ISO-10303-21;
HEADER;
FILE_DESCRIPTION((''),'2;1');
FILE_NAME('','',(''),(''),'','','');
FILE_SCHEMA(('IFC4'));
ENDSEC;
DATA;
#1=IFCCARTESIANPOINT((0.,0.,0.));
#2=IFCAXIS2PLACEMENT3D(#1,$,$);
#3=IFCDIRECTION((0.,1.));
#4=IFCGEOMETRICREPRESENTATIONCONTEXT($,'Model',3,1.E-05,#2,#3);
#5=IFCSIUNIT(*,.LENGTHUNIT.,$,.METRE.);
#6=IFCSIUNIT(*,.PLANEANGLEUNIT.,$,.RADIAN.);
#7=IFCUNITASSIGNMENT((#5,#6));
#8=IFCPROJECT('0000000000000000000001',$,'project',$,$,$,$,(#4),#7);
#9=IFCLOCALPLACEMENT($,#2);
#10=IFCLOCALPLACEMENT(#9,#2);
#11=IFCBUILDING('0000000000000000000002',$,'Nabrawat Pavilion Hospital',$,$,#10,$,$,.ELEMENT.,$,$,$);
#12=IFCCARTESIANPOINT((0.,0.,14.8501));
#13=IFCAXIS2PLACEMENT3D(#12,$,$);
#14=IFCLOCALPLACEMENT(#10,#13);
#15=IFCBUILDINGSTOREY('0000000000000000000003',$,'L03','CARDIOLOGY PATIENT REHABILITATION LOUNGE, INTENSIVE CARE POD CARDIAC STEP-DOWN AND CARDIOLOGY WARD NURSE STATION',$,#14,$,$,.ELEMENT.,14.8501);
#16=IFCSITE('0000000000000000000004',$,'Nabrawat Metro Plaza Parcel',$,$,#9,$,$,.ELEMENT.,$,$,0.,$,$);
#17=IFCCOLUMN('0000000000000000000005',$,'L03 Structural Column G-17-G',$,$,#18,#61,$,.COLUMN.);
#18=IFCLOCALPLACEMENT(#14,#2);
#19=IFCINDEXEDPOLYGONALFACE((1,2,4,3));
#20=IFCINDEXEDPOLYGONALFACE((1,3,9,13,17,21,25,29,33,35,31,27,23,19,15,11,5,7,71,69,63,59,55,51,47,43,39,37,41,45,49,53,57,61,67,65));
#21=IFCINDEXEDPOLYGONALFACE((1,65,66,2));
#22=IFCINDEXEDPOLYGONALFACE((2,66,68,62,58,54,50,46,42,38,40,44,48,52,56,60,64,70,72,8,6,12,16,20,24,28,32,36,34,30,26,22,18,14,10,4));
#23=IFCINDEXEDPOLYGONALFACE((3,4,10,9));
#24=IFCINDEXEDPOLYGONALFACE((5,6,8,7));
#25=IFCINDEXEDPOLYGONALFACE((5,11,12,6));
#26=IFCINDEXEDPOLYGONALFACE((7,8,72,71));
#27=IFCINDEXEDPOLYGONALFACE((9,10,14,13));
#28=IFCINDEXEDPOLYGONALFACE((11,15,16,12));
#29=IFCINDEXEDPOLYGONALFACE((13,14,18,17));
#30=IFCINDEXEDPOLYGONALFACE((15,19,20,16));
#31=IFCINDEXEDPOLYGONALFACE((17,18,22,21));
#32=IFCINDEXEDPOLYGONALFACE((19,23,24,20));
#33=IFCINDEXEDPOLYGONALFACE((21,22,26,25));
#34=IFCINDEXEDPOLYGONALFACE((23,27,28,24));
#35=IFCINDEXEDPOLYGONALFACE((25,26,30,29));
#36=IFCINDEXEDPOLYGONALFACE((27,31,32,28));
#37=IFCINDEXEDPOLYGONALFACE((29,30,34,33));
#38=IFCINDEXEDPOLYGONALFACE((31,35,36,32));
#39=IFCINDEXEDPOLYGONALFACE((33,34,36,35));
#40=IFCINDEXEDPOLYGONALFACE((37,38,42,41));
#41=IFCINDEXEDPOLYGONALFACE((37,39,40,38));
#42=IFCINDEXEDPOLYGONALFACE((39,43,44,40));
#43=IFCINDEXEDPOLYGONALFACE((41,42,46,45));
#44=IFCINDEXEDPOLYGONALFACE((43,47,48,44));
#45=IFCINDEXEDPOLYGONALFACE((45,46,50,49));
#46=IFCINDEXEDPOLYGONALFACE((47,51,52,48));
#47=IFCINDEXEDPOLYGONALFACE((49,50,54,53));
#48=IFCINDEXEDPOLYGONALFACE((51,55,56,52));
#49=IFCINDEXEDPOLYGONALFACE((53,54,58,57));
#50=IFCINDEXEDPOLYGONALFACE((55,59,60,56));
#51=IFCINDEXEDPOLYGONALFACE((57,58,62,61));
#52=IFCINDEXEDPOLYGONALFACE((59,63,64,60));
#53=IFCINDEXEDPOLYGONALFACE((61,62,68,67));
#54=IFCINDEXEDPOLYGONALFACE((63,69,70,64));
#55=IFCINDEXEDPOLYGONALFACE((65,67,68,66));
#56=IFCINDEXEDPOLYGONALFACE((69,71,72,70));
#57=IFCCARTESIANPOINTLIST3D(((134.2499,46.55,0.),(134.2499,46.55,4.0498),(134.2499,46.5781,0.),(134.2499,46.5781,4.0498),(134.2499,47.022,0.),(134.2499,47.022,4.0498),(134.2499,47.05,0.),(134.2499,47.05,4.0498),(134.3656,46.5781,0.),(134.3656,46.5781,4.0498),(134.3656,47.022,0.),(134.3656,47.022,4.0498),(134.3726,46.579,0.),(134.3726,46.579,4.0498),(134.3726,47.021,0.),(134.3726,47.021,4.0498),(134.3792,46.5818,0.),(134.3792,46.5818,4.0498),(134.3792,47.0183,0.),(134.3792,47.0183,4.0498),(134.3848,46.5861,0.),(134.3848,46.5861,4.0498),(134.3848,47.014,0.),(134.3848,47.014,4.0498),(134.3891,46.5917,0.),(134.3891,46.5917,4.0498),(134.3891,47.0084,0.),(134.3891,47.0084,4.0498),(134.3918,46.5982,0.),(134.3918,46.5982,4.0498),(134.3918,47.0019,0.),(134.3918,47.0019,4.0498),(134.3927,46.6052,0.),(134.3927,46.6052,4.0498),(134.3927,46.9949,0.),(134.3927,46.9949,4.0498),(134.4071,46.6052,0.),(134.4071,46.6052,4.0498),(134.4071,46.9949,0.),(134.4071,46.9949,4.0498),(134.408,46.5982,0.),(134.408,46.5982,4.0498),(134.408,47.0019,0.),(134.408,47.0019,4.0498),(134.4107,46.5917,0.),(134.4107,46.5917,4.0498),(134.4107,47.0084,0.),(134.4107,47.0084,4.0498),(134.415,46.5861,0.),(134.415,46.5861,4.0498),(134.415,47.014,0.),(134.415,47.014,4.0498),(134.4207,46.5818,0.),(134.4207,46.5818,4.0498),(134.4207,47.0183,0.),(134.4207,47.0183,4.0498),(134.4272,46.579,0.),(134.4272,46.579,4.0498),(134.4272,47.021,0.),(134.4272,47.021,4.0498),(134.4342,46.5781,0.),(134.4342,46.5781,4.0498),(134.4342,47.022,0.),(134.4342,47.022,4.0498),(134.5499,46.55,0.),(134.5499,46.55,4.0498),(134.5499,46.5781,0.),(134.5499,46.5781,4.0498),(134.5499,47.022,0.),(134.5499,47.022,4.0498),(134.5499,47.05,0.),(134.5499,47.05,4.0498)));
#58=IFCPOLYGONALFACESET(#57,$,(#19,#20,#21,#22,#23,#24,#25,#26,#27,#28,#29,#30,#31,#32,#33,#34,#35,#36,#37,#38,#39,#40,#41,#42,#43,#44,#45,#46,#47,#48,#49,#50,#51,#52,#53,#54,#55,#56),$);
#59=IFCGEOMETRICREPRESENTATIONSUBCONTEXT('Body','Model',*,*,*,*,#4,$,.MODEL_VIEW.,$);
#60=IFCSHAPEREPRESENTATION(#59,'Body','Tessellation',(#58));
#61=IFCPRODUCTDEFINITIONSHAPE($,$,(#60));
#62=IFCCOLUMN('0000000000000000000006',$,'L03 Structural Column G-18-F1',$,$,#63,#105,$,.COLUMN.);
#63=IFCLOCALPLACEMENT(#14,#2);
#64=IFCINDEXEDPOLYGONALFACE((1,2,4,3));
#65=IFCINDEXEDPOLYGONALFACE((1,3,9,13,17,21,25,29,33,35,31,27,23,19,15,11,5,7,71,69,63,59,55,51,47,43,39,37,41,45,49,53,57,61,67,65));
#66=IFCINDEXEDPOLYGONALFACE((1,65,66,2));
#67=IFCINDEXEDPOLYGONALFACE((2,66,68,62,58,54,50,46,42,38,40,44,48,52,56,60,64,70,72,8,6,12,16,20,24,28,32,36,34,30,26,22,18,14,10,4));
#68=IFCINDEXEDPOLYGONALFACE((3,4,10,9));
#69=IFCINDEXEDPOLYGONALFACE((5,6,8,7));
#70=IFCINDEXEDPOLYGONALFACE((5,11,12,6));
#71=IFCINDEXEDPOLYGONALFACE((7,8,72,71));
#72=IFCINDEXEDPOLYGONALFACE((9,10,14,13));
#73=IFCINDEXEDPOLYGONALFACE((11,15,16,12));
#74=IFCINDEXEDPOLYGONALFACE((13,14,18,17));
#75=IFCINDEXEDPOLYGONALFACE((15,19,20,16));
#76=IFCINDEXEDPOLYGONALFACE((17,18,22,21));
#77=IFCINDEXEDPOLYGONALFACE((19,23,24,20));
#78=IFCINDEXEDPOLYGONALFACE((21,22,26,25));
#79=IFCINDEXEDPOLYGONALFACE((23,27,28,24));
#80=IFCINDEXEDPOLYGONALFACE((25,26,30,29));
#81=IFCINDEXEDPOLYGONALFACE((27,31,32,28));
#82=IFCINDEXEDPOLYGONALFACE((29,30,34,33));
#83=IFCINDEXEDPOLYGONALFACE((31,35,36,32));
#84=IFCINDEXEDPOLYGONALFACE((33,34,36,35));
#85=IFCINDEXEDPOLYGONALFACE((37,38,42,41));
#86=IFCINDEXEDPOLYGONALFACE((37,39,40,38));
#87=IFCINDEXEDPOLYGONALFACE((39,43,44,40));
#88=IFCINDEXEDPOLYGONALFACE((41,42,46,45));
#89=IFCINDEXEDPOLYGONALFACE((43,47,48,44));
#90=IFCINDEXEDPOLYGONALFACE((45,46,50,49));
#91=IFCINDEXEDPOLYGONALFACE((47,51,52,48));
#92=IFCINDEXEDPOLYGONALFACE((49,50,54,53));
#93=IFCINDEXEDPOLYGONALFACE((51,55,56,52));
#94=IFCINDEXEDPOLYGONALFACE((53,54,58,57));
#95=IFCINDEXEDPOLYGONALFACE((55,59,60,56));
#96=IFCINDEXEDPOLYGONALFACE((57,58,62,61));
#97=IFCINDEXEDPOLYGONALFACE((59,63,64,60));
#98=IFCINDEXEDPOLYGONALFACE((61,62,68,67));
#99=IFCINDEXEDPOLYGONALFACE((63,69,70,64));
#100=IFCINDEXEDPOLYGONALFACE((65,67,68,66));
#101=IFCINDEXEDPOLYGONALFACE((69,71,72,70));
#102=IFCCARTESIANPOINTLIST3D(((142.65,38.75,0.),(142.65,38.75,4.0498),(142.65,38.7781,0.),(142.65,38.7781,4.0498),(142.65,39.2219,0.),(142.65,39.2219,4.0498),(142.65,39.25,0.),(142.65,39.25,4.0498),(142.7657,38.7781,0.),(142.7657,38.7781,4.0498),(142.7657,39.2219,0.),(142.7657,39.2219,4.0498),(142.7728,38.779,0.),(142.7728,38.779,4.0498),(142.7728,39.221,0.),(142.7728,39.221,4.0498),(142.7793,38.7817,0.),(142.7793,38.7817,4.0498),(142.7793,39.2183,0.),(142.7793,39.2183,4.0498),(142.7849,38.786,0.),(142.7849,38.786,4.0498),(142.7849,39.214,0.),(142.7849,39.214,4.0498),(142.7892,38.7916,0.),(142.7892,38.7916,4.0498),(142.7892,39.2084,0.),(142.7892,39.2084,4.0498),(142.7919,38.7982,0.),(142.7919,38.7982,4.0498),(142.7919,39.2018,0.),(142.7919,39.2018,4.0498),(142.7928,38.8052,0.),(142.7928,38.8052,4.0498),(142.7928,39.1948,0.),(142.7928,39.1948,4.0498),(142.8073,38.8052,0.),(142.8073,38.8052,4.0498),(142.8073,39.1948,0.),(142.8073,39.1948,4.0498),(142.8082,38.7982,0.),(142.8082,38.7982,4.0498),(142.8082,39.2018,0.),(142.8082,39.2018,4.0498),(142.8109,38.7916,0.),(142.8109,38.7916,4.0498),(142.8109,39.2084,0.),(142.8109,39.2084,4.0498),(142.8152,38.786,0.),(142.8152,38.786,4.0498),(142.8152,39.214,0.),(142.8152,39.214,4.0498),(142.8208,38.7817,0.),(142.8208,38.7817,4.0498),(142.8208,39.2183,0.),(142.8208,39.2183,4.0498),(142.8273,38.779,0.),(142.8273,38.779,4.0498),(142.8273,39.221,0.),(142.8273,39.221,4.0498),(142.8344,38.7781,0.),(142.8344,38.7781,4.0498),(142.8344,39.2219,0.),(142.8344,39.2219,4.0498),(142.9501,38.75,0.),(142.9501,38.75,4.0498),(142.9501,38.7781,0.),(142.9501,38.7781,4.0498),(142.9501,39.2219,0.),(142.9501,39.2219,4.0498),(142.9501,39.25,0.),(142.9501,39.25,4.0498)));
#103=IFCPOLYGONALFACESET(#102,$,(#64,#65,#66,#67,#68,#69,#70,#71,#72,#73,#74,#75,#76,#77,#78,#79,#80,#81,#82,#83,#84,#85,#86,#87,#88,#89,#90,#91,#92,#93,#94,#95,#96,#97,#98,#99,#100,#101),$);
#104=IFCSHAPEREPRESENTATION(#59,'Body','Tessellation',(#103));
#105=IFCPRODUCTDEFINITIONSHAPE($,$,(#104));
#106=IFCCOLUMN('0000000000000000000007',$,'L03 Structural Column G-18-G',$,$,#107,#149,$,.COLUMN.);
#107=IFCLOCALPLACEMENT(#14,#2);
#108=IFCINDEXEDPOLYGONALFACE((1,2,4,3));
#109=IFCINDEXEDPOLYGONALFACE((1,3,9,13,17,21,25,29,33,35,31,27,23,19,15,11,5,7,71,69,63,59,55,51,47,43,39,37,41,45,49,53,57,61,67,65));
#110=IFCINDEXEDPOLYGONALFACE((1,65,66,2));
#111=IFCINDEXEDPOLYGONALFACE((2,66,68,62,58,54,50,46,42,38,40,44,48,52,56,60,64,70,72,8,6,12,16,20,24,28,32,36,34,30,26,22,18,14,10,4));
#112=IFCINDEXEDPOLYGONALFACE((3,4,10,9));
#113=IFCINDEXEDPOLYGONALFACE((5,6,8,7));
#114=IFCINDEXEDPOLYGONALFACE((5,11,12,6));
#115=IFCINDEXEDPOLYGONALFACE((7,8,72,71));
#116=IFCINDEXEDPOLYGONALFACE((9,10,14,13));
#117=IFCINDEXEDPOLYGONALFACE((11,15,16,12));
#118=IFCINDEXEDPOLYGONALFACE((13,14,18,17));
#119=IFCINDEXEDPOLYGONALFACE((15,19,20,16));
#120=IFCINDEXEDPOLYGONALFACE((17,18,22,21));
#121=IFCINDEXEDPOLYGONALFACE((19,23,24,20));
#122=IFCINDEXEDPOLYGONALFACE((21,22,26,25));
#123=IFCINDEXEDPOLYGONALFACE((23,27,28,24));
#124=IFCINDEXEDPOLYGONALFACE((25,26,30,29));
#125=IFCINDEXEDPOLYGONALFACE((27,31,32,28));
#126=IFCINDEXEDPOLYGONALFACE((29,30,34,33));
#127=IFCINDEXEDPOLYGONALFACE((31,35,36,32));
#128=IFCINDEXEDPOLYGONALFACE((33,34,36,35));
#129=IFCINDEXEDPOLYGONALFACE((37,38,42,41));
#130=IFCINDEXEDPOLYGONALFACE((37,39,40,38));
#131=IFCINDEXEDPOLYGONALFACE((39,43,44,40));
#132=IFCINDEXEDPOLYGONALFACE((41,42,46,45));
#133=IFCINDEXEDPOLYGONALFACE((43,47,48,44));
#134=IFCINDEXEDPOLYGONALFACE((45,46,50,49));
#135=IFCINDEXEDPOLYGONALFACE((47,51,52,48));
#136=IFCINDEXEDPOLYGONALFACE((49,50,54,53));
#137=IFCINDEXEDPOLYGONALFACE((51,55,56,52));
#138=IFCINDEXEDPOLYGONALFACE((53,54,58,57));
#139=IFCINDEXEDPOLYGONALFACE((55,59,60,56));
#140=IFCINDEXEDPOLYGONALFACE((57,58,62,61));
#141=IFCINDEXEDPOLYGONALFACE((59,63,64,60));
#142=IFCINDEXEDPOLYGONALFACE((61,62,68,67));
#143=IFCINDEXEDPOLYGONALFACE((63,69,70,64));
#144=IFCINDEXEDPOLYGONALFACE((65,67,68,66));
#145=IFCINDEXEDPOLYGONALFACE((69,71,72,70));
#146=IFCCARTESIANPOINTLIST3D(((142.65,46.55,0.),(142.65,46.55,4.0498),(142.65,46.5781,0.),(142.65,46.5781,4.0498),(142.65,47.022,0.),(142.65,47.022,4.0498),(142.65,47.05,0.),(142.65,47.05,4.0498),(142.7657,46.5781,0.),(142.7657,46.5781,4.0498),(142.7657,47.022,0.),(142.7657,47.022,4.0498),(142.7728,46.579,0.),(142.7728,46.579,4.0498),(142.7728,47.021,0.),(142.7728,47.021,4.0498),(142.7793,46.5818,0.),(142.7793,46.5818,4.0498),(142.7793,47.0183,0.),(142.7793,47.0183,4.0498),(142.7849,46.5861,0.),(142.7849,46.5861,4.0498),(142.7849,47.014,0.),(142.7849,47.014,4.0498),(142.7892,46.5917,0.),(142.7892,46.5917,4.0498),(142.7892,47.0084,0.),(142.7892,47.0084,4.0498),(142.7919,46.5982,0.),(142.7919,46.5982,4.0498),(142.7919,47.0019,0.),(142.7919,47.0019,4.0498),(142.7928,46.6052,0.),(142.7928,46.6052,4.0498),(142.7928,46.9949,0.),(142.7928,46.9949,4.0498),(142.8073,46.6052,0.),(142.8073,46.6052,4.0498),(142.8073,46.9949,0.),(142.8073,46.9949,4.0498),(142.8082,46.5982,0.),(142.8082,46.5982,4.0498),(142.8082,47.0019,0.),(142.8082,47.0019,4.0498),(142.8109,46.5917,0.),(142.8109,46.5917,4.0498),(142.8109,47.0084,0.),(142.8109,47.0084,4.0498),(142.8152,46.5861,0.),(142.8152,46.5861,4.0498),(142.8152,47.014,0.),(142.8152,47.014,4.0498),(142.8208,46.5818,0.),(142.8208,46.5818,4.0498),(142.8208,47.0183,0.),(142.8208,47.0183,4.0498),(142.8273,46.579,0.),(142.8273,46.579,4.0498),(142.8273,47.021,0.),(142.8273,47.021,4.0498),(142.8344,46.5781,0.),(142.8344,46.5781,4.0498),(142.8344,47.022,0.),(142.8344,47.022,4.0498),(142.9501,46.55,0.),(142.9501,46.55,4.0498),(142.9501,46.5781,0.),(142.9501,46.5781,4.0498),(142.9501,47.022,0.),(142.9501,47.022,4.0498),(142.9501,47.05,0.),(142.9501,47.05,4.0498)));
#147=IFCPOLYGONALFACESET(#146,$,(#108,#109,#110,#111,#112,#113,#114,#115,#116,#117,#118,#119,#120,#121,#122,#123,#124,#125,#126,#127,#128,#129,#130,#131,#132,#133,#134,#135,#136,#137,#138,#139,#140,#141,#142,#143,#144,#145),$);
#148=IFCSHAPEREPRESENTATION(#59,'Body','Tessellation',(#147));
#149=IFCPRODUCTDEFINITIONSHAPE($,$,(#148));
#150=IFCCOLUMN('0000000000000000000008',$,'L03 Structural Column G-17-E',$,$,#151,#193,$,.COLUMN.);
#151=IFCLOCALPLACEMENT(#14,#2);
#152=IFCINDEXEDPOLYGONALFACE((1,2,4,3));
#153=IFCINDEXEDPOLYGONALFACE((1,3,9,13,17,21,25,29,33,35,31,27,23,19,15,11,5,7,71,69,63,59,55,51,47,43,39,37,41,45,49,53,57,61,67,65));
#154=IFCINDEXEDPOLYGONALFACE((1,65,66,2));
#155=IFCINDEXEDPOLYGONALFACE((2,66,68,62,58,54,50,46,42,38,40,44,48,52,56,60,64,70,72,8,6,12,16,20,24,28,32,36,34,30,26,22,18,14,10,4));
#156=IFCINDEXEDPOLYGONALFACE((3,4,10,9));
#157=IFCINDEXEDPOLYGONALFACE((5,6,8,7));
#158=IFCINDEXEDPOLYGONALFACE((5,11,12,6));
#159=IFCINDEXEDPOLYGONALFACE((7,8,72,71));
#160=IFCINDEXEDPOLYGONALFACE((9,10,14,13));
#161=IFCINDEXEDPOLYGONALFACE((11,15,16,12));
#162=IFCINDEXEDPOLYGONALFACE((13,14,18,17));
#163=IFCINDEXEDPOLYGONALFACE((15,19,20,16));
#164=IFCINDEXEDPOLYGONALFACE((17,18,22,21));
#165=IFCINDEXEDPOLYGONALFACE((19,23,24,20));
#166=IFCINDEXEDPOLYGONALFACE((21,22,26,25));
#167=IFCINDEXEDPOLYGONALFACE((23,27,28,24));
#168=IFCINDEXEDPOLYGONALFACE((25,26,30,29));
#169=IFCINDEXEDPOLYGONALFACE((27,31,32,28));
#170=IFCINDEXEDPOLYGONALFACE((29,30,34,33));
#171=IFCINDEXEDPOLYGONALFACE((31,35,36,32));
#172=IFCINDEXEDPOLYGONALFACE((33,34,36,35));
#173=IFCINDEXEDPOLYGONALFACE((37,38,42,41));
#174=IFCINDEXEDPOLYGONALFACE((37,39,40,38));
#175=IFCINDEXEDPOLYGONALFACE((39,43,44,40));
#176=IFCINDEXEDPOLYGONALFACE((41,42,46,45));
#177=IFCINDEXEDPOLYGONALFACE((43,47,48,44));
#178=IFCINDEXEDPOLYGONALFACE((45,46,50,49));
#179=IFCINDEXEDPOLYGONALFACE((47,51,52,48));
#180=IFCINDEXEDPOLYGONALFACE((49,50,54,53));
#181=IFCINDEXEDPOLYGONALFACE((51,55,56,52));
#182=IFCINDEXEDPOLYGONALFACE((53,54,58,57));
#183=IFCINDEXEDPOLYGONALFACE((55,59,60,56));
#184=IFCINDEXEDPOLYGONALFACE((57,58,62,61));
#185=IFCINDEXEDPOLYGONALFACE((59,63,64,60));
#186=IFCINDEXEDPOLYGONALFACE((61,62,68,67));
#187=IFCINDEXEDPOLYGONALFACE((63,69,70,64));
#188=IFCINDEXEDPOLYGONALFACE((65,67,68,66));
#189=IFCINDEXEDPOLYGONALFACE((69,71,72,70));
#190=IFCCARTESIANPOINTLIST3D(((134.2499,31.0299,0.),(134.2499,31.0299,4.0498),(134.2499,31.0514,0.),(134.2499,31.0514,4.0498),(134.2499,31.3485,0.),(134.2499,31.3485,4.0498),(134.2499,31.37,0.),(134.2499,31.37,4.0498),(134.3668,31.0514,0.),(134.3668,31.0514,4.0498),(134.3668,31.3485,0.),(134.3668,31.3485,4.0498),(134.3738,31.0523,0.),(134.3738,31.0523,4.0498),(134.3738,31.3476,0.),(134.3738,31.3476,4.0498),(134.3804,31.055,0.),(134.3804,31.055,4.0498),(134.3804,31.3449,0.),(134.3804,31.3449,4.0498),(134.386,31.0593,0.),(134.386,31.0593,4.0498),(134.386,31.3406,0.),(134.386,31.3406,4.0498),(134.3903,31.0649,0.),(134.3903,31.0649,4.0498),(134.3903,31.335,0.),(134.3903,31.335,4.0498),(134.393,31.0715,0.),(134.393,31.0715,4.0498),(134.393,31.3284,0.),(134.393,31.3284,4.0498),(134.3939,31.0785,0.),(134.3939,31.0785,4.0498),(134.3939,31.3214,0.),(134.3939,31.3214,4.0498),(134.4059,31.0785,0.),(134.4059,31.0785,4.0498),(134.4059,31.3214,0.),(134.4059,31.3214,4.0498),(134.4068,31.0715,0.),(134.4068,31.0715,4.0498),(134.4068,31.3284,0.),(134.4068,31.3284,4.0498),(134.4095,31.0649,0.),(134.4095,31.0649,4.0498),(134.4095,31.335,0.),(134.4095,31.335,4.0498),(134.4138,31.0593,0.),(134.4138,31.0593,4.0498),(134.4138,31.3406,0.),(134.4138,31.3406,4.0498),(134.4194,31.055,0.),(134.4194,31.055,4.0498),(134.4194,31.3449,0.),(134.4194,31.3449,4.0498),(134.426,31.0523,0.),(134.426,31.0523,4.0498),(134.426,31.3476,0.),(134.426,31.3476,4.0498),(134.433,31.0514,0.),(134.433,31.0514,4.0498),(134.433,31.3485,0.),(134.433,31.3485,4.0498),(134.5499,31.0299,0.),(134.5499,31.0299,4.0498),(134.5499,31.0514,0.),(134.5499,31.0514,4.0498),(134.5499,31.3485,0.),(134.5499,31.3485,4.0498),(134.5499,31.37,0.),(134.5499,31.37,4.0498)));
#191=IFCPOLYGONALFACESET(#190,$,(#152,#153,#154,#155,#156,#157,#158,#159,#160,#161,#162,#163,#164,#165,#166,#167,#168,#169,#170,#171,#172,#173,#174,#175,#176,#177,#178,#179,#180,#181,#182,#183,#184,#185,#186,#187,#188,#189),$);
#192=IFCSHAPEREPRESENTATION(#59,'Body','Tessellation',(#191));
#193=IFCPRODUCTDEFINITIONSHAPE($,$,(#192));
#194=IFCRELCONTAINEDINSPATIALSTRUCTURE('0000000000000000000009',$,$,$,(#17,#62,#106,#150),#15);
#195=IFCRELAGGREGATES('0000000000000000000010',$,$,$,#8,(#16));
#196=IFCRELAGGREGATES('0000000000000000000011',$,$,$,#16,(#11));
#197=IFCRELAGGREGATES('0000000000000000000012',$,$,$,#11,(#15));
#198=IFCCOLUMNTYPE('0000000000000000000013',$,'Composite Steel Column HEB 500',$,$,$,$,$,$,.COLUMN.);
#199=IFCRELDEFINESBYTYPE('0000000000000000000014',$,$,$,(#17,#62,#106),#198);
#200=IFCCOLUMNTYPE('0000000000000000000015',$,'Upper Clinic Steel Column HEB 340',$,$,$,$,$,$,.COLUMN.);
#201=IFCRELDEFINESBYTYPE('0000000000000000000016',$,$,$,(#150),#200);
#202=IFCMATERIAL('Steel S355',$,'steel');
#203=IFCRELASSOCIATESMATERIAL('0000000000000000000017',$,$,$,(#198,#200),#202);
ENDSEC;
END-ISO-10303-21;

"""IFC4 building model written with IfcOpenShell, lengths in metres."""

from ifc_helpers import new_model, si_unit, direction, frame, origin, origin_2d, place, context, subcontext, project, spatial, i_section, extrude, material, material_profile, profile_set, type_object, element, save


model = new_model("IFC4")

# Units and contexts
model_context = context("Model", 3, precision=1e-05, world=origin(), true_north=direction((0.0, 1.0)))
body_context = subcontext(model_context, "Body", "Model", "MODEL_VIEW")
ifc_project = project(units=[si_unit("LENGTHUNIT", "METRE"), si_unit("PLANEANGLEUNIT", "RADIAN")], contexts=[model_context])

# Site, building, storey
site_placement = place(None, origin())
site = spatial("IfcSite", under=ifc_project, at=site_placement, Name="Nabrawat Metro Plaza Parcel", CompositionType="ELEMENT", RefElevation=0.0)
building_placement = place(site_placement, origin())
building = spatial("IfcBuilding", under=site, at=building_placement, Name="Nabrawat Pavilion Hospital", CompositionType="ELEMENT")
storey_placement = place(building_placement, frame((0.0, 0.0, 14.8501)))
storey = spatial("IfcBuildingStorey", under=building, at=storey_placement, Name="L03", Description="CARDIOLOGY PATIENT REHABILITATION LOUNGE, INTENSIVE CARE POD CARDIAC STEP-DOWN AND CARDIOLOGY WARD NURSE STATION", CompositionType="ELEMENT", Elevation=14.8501)

# Columns
ifc_material_1 = material(Name="Steel S355", Category="steel")
ifc_material_profile_1 = material_profile(ifc_material_1, i_section(OverallWidth=0.3, OverallDepth=0.5, WebThickness=0.0144, FlangeThickness=0.0281, FilletRadius=0.0271, at=origin_2d()), Name="HEB 500")
ifc_profile_set_1 = profile_set([ifc_material_profile_1], Name="Steel S355")
column_type_1 = type_object("IfcColumnType", Name="Composite Steel Column HEB 500", PredefinedType="COLUMN", material=ifc_profile_set_1)
for number, where, z_axis, x_axis, name in (
    (1, (134.3999, 46.8, 0.0), (0.0, 0.0, 1.0), (1.0, 0.0, 0.0), "L03 Structural Column G-17-G"),
    (2, (142.8, 39.0, 0.0), (0.0, 0.0, 1.0), (1.0, 0.0, 0.0), "L03 Structural Column G-18-F1"),
    (3, (142.8, 46.8, 0.0), (0.0, 0.0, 1.0), (1.0, 0.0, 0.0), "L03 Structural Column G-18-G"),
):
    element("IfcColumn", number, at=place(storey_placement, frame(where, z_axis=z_axis, x_axis=x_axis)), inside=storey, type_object=column_type_1, Name=name, PredefinedType="COLUMN", context=body_context, shape_type="SweptSolid", body=[
        extrude(i_section(OverallWidth=0.3, OverallDepth=0.5, WebThickness=0.0144, FlangeThickness=0.0281, FilletRadius=0.0271, at=origin_2d()), origin(), (0.0, 0.0, 1.0), 4.0498),
    ])
ifc_material_profile_2 = material_profile(ifc_material_1, i_section(OverallWidth=0.3, OverallDepth=0.3401, WebThickness=0.012, FlangeThickness=0.0215, FilletRadius=0.0271, at=origin_2d()), Name="HEB 340")
ifc_profile_set_2 = profile_set([ifc_material_profile_2], Name="Steel S355")
column_type_2 = type_object("IfcColumnType", Name="Upper Clinic Steel Column HEB 340", PredefinedType="COLUMN", material=ifc_profile_set_2)
for number, where, z_axis, x_axis, name in (
    (4, (134.3999, 31.2, 0.0), (0.0, 0.0, 1.0), (1.0, 0.0, 0.0), "L03 Structural Column G-17-E"),
):
    element("IfcColumn", number, at=place(storey_placement, frame(where, z_axis=z_axis, x_axis=x_axis)), inside=storey, type_object=column_type_2, Name=name, PredefinedType="COLUMN", context=body_context, shape_type="SweptSolid", body=[
        extrude(i_section(OverallWidth=0.3, OverallDepth=0.3401, WebThickness=0.012, FlangeThickness=0.0215, FilletRadius=0.0271, at=origin_2d()), origin(), (0.0, 0.0, 1.0), 4.0498),
    ])

save(model, "model.ifc")
